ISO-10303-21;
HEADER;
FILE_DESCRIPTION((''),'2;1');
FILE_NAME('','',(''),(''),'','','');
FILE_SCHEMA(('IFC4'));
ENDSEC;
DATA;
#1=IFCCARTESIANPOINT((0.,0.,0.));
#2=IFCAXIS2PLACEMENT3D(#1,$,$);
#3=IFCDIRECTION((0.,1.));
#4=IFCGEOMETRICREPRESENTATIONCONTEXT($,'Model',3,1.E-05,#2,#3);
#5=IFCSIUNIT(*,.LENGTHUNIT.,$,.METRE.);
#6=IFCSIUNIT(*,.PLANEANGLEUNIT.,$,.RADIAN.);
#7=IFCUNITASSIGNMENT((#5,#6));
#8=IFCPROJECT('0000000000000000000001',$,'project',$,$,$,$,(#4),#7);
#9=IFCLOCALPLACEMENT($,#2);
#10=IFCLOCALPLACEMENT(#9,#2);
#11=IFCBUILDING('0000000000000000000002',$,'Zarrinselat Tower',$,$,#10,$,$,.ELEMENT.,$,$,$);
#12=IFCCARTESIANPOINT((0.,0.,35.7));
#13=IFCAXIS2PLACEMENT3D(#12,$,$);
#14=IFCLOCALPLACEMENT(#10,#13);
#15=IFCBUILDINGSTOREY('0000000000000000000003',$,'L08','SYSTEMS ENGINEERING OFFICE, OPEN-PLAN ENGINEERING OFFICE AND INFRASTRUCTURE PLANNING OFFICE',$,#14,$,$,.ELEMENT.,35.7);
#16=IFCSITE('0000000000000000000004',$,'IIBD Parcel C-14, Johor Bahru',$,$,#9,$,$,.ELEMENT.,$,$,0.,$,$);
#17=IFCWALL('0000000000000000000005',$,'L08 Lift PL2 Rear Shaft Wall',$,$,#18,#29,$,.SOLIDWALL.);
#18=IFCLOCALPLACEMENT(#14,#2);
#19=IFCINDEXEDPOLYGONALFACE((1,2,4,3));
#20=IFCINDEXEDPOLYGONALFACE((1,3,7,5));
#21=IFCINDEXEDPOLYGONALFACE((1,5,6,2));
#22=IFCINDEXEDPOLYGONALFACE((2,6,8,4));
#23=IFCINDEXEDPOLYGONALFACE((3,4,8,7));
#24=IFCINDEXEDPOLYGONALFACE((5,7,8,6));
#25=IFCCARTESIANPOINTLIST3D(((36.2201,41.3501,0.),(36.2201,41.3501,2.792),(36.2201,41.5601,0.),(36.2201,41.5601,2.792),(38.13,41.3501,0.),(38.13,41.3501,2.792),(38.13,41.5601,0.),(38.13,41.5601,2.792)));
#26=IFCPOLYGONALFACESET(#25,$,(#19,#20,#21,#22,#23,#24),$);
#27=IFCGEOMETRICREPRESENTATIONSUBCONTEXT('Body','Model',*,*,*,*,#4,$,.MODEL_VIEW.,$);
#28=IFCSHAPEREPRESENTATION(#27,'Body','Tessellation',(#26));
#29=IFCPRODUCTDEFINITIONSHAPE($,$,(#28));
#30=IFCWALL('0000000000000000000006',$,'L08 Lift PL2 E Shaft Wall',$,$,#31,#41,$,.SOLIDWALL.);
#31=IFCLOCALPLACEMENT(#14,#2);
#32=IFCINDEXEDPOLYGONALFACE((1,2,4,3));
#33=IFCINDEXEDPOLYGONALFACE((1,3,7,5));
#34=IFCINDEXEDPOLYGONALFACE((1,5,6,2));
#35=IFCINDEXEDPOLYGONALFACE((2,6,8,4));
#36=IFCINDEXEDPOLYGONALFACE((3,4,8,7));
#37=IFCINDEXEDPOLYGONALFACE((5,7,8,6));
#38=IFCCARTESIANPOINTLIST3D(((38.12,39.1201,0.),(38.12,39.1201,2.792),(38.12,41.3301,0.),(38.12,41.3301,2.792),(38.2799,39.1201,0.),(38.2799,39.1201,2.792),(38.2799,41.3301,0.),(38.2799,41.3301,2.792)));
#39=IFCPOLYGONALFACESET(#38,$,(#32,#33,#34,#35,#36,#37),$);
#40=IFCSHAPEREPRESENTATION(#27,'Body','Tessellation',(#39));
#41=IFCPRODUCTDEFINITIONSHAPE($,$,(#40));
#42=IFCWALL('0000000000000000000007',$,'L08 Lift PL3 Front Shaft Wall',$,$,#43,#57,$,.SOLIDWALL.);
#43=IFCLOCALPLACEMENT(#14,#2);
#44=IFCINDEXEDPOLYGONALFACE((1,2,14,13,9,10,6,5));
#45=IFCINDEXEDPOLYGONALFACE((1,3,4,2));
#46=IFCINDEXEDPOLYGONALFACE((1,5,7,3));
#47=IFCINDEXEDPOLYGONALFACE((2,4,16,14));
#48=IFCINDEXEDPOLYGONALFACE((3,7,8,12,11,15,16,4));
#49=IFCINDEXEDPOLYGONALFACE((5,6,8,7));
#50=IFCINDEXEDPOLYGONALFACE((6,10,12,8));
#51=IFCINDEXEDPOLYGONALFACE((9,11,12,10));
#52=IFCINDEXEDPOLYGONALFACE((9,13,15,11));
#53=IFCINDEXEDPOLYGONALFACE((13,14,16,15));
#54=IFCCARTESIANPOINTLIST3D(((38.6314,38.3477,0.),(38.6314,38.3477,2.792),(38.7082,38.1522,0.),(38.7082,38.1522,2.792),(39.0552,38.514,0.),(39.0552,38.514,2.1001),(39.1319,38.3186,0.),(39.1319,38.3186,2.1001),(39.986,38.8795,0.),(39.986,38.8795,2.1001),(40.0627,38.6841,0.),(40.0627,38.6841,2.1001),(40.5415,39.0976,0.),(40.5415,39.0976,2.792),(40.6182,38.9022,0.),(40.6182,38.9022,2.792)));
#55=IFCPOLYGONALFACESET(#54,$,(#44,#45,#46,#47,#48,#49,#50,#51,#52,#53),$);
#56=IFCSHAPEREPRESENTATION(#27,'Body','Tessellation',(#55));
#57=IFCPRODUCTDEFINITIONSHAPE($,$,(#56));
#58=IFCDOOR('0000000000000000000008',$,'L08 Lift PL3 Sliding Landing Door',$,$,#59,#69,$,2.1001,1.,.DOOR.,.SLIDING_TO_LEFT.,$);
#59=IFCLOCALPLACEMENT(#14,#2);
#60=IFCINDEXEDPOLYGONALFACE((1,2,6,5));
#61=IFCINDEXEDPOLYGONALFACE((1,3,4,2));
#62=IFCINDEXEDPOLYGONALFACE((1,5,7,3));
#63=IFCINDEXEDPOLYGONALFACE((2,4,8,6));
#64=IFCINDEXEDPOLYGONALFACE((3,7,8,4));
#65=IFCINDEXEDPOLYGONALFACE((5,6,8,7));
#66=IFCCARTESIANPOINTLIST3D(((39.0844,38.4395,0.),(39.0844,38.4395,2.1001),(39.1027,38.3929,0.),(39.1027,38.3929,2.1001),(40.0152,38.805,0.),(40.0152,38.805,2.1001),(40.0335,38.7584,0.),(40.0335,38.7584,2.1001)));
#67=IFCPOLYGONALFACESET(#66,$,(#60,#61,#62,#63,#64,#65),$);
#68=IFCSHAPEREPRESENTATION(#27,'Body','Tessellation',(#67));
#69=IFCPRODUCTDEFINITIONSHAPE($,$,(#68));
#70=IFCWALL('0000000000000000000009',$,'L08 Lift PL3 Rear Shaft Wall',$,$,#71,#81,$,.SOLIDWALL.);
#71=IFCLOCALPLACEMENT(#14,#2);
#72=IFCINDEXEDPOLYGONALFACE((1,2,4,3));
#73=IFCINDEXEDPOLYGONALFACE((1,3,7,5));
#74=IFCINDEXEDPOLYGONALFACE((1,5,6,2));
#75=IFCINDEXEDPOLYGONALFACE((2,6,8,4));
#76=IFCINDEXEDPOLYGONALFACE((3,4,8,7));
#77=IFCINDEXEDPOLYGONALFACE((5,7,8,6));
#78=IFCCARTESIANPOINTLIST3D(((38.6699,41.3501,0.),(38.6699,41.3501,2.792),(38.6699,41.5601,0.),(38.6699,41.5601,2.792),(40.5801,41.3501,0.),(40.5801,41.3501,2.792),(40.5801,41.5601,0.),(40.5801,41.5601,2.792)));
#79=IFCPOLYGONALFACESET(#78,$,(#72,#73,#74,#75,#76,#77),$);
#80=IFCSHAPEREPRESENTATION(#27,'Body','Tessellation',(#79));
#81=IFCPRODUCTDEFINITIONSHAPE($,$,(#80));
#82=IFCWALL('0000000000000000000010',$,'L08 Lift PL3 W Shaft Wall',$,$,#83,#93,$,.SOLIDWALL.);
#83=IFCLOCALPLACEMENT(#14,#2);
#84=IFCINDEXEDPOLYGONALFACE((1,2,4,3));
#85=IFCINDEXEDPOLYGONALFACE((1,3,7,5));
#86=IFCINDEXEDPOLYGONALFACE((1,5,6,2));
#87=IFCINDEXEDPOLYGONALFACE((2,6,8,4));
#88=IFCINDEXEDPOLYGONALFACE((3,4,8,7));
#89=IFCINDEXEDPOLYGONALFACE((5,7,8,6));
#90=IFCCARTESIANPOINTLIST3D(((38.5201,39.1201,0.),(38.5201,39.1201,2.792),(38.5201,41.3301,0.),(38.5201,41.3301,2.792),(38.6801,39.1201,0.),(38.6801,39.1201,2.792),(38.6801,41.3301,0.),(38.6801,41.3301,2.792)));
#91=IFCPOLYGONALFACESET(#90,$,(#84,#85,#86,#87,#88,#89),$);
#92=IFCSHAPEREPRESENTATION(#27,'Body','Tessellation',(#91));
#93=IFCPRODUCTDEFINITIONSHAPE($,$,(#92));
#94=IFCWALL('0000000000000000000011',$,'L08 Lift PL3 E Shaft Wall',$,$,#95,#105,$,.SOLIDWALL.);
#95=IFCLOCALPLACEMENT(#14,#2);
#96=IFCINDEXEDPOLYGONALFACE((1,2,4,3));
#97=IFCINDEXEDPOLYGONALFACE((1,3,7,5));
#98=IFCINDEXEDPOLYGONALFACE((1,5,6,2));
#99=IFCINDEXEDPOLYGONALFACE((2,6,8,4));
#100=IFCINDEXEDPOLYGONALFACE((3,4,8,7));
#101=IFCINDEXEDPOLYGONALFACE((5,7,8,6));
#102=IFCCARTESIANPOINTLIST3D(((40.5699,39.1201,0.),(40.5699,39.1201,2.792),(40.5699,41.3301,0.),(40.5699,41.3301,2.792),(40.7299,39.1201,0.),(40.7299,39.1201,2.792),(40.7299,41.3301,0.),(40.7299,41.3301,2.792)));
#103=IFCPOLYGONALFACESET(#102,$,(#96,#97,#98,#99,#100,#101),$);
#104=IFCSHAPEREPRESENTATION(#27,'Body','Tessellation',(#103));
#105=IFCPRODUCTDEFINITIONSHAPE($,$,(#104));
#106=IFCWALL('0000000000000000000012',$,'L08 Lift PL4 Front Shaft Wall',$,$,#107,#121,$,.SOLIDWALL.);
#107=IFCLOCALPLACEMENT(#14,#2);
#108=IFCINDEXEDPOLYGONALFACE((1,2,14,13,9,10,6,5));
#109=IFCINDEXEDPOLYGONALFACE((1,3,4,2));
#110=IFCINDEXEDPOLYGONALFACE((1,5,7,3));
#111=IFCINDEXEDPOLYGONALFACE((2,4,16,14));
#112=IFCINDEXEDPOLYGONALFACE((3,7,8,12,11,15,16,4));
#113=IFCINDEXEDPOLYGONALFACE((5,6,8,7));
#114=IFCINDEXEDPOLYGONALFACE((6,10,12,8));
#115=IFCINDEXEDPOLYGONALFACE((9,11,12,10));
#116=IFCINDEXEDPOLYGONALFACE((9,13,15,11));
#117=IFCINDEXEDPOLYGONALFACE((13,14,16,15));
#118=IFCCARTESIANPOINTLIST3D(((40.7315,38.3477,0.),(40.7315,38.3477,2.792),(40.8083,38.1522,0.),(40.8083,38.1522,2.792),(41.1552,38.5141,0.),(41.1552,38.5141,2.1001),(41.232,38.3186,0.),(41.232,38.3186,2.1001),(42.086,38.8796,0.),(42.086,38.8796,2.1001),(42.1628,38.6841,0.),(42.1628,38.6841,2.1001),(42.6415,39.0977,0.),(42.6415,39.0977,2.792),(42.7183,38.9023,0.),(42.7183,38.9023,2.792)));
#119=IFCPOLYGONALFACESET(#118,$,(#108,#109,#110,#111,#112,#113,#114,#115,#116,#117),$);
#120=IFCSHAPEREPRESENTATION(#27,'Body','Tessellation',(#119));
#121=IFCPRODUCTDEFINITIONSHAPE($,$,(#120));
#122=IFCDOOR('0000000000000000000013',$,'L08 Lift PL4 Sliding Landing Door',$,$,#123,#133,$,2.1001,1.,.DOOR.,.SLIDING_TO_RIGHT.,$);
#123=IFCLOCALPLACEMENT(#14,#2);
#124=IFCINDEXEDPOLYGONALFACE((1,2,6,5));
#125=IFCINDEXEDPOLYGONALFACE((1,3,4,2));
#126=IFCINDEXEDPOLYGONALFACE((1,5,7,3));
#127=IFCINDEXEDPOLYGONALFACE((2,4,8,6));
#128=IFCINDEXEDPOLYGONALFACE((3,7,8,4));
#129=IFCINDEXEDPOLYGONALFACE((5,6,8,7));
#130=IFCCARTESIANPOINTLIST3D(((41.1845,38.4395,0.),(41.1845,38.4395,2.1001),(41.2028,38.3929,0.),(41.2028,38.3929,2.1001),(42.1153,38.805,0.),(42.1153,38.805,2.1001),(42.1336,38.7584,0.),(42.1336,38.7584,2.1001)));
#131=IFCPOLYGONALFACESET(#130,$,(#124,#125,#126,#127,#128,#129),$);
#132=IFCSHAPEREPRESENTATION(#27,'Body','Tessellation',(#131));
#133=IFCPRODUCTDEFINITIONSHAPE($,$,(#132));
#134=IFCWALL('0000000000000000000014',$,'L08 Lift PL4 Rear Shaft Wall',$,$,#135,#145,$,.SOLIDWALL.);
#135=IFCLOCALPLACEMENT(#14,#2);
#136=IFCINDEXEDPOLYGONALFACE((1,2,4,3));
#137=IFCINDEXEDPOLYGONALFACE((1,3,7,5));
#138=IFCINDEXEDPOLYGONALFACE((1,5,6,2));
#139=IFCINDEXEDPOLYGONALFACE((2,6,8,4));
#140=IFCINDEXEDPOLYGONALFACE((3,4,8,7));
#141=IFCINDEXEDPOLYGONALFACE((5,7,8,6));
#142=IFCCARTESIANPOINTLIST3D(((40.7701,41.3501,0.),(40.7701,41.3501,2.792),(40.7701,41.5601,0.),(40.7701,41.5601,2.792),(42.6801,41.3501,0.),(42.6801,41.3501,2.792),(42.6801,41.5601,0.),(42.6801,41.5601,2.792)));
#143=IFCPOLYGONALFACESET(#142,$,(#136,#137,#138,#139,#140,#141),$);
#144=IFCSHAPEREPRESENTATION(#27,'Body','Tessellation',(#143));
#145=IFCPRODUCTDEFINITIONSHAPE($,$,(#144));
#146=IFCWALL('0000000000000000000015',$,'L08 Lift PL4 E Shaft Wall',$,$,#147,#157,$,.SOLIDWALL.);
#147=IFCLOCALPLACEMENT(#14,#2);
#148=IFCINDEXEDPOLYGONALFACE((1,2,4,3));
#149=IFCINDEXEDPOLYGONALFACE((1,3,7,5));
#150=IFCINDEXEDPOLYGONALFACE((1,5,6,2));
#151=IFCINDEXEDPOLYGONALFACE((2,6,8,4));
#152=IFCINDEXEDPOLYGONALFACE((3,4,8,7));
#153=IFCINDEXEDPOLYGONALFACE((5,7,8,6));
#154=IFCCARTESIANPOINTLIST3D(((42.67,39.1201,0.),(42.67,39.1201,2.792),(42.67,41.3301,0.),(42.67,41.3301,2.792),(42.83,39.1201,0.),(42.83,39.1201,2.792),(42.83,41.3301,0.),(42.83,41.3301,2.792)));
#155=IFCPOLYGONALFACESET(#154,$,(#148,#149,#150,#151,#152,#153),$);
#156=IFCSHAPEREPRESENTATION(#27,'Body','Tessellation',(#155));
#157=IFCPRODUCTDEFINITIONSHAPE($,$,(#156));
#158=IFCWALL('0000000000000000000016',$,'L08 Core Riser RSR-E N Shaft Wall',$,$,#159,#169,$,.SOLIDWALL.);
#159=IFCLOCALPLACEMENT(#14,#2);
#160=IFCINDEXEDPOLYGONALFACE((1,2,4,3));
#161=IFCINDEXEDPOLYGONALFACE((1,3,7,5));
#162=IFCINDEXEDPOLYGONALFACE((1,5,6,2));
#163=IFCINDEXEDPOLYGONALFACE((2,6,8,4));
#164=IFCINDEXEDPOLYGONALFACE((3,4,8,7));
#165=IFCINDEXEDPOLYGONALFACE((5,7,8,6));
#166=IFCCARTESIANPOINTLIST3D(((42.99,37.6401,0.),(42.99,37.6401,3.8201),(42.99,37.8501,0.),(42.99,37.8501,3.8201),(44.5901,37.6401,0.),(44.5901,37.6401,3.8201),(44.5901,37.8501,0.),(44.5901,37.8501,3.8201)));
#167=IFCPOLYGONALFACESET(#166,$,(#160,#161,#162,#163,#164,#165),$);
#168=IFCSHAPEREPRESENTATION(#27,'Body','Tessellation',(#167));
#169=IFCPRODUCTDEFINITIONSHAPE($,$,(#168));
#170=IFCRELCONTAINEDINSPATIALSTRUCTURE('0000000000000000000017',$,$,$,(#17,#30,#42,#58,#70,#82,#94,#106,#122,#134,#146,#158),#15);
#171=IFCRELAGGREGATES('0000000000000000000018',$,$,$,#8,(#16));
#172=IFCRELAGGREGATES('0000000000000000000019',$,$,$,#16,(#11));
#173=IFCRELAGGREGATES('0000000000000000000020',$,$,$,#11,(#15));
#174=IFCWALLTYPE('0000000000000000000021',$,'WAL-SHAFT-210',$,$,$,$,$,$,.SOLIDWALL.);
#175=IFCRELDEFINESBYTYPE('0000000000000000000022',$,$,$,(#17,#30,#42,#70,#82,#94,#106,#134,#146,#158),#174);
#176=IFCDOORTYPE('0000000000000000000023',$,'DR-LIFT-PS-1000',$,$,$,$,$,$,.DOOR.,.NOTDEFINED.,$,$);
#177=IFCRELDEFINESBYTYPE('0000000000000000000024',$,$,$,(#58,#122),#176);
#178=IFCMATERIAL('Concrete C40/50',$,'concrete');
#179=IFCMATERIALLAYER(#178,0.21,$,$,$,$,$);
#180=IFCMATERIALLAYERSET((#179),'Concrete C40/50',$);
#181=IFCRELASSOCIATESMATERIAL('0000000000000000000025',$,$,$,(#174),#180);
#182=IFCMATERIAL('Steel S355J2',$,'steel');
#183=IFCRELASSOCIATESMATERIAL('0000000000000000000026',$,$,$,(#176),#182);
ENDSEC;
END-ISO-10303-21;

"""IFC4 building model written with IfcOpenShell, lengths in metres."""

from ifc_helpers import new_model, si_unit, direction, frame, frame_2d, origin, place, context, subcontext, project, spatial, rectangle, extrude, material, layer, layer_set, type_object, element, fill, save


model = new_model("IFC4")

# Units and contexts
model_context = context("Model", 3, precision=1e-05, world=origin(), true_north=direction((0.0, 1.0)))
body_context = subcontext(model_context, "Body", "Model", "MODEL_VIEW")
ifc_project = project(units=[si_unit("LENGTHUNIT", "METRE"), si_unit("PLANEANGLEUNIT", "RADIAN")], contexts=[model_context])

# Site, building, storey
site_placement = place(None, origin())
site = spatial("IfcSite", under=ifc_project, at=site_placement, Name="IIBD Parcel C-14, Johor Bahru", CompositionType="ELEMENT", RefElevation=0.0)
building_placement = place(site_placement, origin())
building = spatial("IfcBuilding", under=site, at=building_placement, Name="Zarrinselat Tower", CompositionType="ELEMENT")
storey_placement = place(building_placement, frame((0.0, 0.0, 35.7)))
storey = spatial("IfcBuildingStorey", under=building, at=storey_placement, Name="L08", Description="SYSTEMS ENGINEERING OFFICE, OPEN-PLAN ENGINEERING OFFICE AND INFRASTRUCTURE PLANNING OFFICE", CompositionType="ELEMENT", Elevation=35.7)

# Shared definitions
ifc_material_1 = material(Name="Concrete C40/50", Category="concrete")
ifc_layer_1 = layer(ifc_material_1, 0.21)
ifc_layer_set_1 = layer_set([ifc_layer_1], Name="Concrete C40/50")
wall_type_1 = type_object("IfcWallType", Name="WAL-SHAFT-210", PredefinedType="SOLIDWALL", material=ifc_layer_set_1)

# Shared definitions
ifc_material_2 = material(Name="Steel S355J2", Category="steel")
door_type_1 = type_object("IfcDoorType", Name="DR-LIFT-PS-1000", OperationType="NOTDEFINED", PredefinedType="DOOR", material=ifc_material_2)

# Walls
wall_1_placement = place(storey_placement, frame((36.22, 41.4551, 0.0), z_axis=(0.0, 0.0, 1.0), x_axis=(1.0, 0.0, 0.0)))
element("IfcWall", 1, at=wall_1_placement, inside=storey, type_object=wall_type_1, Name="L08 Lift PL2 Rear Shaft Wall", PredefinedType="SOLIDWALL", context=body_context, shape_type="SweptSolid", body=[
    extrude(rectangle(XDim=1.9099, YDim=0.21, at=frame_2d((0.9551, 0.0))), origin(), (0.0, 0.0, 1.0), 2.792),
])
wall_2_placement = place(storey_placement, frame((38.2, 39.1201, 0.0), z_axis=(0.0, 0.0, 1.0), x_axis=(0.0, 1.0, 0.0)))
element("IfcWall", 2, at=wall_2_placement, inside=storey, type_object=wall_type_1, Name="L08 Lift PL2 E Shaft Wall", PredefinedType="SOLIDWALL", context=body_context, shape_type="SweptSolid", body=[
    extrude(rectangle(XDim=2.21, YDim=0.1599, at=frame_2d((1.105, 0.0))), origin(), (0.0, 0.0, 1.0), 2.792),
])

# Wall, opening, door
wall_3_placement = place(storey_placement, frame((38.6699, 38.25, 0.0), z_axis=(0.0, 0.0, 1.0), x_axis=(0.930821, 0.365476, 0.0)))
wall_3 = element("IfcWall", 3, at=wall_3_placement, inside=storey, type_object=wall_type_1, Name="L08 Lift PL3 Front Shaft Wall", PredefinedType="SOLIDWALL", context=body_context, shape_type="SweptSolid", body=[
    extrude(rectangle(XDim=2.052, YDim=0.21, at=frame_2d((1.0259, 0.0))), origin(), (0.0, 0.0, 1.0), 2.792),
])
opening_1_placement = place(wall_3_placement, frame((0.4551, 0.0, 0.0)))
opening_1 = element("IfcOpeningElement", 4, at=opening_1_placement, cuts=wall_3, PredefinedType="OPENING", context=body_context, shape_type="SweptSolid", body=[
    extrude(rectangle(XDim=1.0, YDim=2.1001, at=frame_2d((0.5, 1.05))), frame((0.0, 0.115, 0.0), z_axis=(0.0, -1.0, 0.0), x_axis=(1.0, 0.0, 0.0)), (0.0, 0.0, 1.0), 0.23),
])
door_1_placement = place(opening_1_placement, origin())
door_1 = element("IfcDoor", 5, at=door_1_placement, inside=storey, type_object=door_type_1, Name="L08 Lift PL3 Sliding Landing Door", OperationType="SLIDING_TO_LEFT", OverallHeight=2.1001, OverallWidth=1.0, PredefinedType="DOOR", context=body_context, shape_type="SweptSolid", body=[
    extrude(rectangle(XDim=1.0, YDim=2.1001, at=frame_2d((0.5, 1.05))), frame((0.0, 0.0249, 0.0), z_axis=(0.0, -1.0, 0.0), x_axis=(1.0, 0.0, 0.0)), (0.0, 0.0, 1.0), 0.05),
])
fill(opening_1, door_1)

# Walls
wall_4_placement = place(storey_placement, frame((38.6699, 41.4551, 0.0), z_axis=(0.0, 0.0, 1.0), x_axis=(1.0, 0.0, 0.0)))
element("IfcWall", 6, at=wall_4_placement, inside=storey, type_object=wall_type_1, Name="L08 Lift PL3 Rear Shaft Wall", PredefinedType="SOLIDWALL", context=body_context, shape_type="SweptSolid", body=[
    extrude(rectangle(XDim=1.9102, YDim=0.21, at=frame_2d((0.9551, 0.0))), origin(), (0.0, 0.0, 1.0), 2.792),
])
for number, where, z_axis, x_axis, name in (
    (7, (38.6001, 39.1201, 0.0), (0.0, 0.0, 1.0), (0.0, 1.0, 0.0), "L08 Lift PL3 W Shaft Wall"),
    (8, (40.6499, 39.1201, 0.0), (0.0, 0.0, 1.0), (0.0, 1.0, 0.0), "L08 Lift PL3 E Shaft Wall"),
):
    element("IfcWall", number, at=place(storey_placement, frame(where, z_axis=z_axis, x_axis=x_axis)), inside=storey, type_object=wall_type_1, Name=name, PredefinedType="SOLIDWALL", context=body_context, shape_type="SweptSolid", body=[
        extrude(rectangle(XDim=2.21, YDim=0.1599, at=frame_2d((1.105, 0.0))), origin(), (0.0, 0.0, 1.0), 2.792),
    ])

# Wall, opening, door
wall_5_placement = place(storey_placement, frame((40.77, 38.25, 0.0), z_axis=(0.0, 0.0, 1.0), x_axis=(0.930805, 0.365516, 0.0)))
wall_5 = element("IfcWall", 9, at=wall_5_placement, inside=storey, type_object=wall_type_1, Name="L08 Lift PL4 Front Shaft Wall", PredefinedType="SOLIDWALL", context=body_context, shape_type="SweptSolid", body=[
    extrude(rectangle(XDim=2.052, YDim=0.21, at=frame_2d((1.0259, 0.0))), origin(), (0.0, 0.0, 1.0), 2.792),
])
opening_2_placement = place(wall_5_placement, frame((0.4551, 0.0, 0.0)))
opening_2 = element("IfcOpeningElement", 10, at=opening_2_placement, cuts=wall_5, PredefinedType="OPENING", context=body_context, shape_type="SweptSolid", body=[
    extrude(rectangle(XDim=1.0, YDim=2.1001, at=frame_2d((0.5, 1.05))), frame((0.0, 0.115, 0.0), z_axis=(0.0, -1.0, 0.0), x_axis=(1.0, 0.0, 0.0)), (0.0, 0.0, 1.0), 0.23),
])
door_2_placement = place(opening_2_placement, origin())
door_2 = element("IfcDoor", 11, at=door_2_placement, inside=storey, type_object=door_type_1, Name="L08 Lift PL4 Sliding Landing Door", OperationType="SLIDING_TO_RIGHT", OverallHeight=2.1001, OverallWidth=1.0, PredefinedType="DOOR", context=body_context, shape_type="SweptSolid", body=[
    extrude(rectangle(XDim=1.0, YDim=2.1001, at=frame_2d((0.5, 1.05))), frame((0.0, 0.0249, 0.0), z_axis=(0.0, -1.0, 0.0), x_axis=(1.0, 0.0, 0.0)), (0.0, 0.0, 1.0), 0.05),
])
fill(opening_2, door_2)

# Walls
wall_6_placement = place(storey_placement, frame((40.77, 41.4551, 0.0), z_axis=(0.0, 0.0, 1.0), x_axis=(1.0, 0.0, 0.0)))
element("IfcWall", 12, at=wall_6_placement, inside=storey, type_object=wall_type_1, Name="L08 Lift PL4 Rear Shaft Wall", PredefinedType="SOLIDWALL", context=body_context, shape_type="SweptSolid", body=[
    extrude(rectangle(XDim=1.9099, YDim=0.21, at=frame_2d((0.9551, 0.0))), origin(), (0.0, 0.0, 1.0), 2.792),
])
wall_7_placement = place(storey_placement, frame((42.75, 39.1201, 0.0), z_axis=(0.0, 0.0, 1.0), x_axis=(0.0, 1.0, 0.0)))
element("IfcWall", 13, at=wall_7_placement, inside=storey, type_object=wall_type_1, Name="L08 Lift PL4 E Shaft Wall", PredefinedType="SOLIDWALL", context=body_context, shape_type="SweptSolid", body=[
    extrude(rectangle(XDim=2.21, YDim=0.1599, at=frame_2d((1.105, 0.0))), origin(), (0.0, 0.0, 1.0), 2.792),
])
wall_8_placement = place(storey_placement, frame((42.99, 37.7451, 0.0), z_axis=(0.0, 0.0, 1.0), x_axis=(1.0, 0.0, 0.0)))
element("IfcWall", 14, at=wall_8_placement, inside=storey, type_object=wall_type_1, Name="L08 Core Riser RSR-E N Shaft Wall", PredefinedType="SOLIDWALL", context=body_context, shape_type="SweptSolid", body=[
    extrude(rectangle(XDim=1.6001, YDim=0.21, at=frame_2d((0.8, 0.0))), origin(), (0.0, 0.0, 1.0), 3.8201),
])

save(model, "model.ifc")
